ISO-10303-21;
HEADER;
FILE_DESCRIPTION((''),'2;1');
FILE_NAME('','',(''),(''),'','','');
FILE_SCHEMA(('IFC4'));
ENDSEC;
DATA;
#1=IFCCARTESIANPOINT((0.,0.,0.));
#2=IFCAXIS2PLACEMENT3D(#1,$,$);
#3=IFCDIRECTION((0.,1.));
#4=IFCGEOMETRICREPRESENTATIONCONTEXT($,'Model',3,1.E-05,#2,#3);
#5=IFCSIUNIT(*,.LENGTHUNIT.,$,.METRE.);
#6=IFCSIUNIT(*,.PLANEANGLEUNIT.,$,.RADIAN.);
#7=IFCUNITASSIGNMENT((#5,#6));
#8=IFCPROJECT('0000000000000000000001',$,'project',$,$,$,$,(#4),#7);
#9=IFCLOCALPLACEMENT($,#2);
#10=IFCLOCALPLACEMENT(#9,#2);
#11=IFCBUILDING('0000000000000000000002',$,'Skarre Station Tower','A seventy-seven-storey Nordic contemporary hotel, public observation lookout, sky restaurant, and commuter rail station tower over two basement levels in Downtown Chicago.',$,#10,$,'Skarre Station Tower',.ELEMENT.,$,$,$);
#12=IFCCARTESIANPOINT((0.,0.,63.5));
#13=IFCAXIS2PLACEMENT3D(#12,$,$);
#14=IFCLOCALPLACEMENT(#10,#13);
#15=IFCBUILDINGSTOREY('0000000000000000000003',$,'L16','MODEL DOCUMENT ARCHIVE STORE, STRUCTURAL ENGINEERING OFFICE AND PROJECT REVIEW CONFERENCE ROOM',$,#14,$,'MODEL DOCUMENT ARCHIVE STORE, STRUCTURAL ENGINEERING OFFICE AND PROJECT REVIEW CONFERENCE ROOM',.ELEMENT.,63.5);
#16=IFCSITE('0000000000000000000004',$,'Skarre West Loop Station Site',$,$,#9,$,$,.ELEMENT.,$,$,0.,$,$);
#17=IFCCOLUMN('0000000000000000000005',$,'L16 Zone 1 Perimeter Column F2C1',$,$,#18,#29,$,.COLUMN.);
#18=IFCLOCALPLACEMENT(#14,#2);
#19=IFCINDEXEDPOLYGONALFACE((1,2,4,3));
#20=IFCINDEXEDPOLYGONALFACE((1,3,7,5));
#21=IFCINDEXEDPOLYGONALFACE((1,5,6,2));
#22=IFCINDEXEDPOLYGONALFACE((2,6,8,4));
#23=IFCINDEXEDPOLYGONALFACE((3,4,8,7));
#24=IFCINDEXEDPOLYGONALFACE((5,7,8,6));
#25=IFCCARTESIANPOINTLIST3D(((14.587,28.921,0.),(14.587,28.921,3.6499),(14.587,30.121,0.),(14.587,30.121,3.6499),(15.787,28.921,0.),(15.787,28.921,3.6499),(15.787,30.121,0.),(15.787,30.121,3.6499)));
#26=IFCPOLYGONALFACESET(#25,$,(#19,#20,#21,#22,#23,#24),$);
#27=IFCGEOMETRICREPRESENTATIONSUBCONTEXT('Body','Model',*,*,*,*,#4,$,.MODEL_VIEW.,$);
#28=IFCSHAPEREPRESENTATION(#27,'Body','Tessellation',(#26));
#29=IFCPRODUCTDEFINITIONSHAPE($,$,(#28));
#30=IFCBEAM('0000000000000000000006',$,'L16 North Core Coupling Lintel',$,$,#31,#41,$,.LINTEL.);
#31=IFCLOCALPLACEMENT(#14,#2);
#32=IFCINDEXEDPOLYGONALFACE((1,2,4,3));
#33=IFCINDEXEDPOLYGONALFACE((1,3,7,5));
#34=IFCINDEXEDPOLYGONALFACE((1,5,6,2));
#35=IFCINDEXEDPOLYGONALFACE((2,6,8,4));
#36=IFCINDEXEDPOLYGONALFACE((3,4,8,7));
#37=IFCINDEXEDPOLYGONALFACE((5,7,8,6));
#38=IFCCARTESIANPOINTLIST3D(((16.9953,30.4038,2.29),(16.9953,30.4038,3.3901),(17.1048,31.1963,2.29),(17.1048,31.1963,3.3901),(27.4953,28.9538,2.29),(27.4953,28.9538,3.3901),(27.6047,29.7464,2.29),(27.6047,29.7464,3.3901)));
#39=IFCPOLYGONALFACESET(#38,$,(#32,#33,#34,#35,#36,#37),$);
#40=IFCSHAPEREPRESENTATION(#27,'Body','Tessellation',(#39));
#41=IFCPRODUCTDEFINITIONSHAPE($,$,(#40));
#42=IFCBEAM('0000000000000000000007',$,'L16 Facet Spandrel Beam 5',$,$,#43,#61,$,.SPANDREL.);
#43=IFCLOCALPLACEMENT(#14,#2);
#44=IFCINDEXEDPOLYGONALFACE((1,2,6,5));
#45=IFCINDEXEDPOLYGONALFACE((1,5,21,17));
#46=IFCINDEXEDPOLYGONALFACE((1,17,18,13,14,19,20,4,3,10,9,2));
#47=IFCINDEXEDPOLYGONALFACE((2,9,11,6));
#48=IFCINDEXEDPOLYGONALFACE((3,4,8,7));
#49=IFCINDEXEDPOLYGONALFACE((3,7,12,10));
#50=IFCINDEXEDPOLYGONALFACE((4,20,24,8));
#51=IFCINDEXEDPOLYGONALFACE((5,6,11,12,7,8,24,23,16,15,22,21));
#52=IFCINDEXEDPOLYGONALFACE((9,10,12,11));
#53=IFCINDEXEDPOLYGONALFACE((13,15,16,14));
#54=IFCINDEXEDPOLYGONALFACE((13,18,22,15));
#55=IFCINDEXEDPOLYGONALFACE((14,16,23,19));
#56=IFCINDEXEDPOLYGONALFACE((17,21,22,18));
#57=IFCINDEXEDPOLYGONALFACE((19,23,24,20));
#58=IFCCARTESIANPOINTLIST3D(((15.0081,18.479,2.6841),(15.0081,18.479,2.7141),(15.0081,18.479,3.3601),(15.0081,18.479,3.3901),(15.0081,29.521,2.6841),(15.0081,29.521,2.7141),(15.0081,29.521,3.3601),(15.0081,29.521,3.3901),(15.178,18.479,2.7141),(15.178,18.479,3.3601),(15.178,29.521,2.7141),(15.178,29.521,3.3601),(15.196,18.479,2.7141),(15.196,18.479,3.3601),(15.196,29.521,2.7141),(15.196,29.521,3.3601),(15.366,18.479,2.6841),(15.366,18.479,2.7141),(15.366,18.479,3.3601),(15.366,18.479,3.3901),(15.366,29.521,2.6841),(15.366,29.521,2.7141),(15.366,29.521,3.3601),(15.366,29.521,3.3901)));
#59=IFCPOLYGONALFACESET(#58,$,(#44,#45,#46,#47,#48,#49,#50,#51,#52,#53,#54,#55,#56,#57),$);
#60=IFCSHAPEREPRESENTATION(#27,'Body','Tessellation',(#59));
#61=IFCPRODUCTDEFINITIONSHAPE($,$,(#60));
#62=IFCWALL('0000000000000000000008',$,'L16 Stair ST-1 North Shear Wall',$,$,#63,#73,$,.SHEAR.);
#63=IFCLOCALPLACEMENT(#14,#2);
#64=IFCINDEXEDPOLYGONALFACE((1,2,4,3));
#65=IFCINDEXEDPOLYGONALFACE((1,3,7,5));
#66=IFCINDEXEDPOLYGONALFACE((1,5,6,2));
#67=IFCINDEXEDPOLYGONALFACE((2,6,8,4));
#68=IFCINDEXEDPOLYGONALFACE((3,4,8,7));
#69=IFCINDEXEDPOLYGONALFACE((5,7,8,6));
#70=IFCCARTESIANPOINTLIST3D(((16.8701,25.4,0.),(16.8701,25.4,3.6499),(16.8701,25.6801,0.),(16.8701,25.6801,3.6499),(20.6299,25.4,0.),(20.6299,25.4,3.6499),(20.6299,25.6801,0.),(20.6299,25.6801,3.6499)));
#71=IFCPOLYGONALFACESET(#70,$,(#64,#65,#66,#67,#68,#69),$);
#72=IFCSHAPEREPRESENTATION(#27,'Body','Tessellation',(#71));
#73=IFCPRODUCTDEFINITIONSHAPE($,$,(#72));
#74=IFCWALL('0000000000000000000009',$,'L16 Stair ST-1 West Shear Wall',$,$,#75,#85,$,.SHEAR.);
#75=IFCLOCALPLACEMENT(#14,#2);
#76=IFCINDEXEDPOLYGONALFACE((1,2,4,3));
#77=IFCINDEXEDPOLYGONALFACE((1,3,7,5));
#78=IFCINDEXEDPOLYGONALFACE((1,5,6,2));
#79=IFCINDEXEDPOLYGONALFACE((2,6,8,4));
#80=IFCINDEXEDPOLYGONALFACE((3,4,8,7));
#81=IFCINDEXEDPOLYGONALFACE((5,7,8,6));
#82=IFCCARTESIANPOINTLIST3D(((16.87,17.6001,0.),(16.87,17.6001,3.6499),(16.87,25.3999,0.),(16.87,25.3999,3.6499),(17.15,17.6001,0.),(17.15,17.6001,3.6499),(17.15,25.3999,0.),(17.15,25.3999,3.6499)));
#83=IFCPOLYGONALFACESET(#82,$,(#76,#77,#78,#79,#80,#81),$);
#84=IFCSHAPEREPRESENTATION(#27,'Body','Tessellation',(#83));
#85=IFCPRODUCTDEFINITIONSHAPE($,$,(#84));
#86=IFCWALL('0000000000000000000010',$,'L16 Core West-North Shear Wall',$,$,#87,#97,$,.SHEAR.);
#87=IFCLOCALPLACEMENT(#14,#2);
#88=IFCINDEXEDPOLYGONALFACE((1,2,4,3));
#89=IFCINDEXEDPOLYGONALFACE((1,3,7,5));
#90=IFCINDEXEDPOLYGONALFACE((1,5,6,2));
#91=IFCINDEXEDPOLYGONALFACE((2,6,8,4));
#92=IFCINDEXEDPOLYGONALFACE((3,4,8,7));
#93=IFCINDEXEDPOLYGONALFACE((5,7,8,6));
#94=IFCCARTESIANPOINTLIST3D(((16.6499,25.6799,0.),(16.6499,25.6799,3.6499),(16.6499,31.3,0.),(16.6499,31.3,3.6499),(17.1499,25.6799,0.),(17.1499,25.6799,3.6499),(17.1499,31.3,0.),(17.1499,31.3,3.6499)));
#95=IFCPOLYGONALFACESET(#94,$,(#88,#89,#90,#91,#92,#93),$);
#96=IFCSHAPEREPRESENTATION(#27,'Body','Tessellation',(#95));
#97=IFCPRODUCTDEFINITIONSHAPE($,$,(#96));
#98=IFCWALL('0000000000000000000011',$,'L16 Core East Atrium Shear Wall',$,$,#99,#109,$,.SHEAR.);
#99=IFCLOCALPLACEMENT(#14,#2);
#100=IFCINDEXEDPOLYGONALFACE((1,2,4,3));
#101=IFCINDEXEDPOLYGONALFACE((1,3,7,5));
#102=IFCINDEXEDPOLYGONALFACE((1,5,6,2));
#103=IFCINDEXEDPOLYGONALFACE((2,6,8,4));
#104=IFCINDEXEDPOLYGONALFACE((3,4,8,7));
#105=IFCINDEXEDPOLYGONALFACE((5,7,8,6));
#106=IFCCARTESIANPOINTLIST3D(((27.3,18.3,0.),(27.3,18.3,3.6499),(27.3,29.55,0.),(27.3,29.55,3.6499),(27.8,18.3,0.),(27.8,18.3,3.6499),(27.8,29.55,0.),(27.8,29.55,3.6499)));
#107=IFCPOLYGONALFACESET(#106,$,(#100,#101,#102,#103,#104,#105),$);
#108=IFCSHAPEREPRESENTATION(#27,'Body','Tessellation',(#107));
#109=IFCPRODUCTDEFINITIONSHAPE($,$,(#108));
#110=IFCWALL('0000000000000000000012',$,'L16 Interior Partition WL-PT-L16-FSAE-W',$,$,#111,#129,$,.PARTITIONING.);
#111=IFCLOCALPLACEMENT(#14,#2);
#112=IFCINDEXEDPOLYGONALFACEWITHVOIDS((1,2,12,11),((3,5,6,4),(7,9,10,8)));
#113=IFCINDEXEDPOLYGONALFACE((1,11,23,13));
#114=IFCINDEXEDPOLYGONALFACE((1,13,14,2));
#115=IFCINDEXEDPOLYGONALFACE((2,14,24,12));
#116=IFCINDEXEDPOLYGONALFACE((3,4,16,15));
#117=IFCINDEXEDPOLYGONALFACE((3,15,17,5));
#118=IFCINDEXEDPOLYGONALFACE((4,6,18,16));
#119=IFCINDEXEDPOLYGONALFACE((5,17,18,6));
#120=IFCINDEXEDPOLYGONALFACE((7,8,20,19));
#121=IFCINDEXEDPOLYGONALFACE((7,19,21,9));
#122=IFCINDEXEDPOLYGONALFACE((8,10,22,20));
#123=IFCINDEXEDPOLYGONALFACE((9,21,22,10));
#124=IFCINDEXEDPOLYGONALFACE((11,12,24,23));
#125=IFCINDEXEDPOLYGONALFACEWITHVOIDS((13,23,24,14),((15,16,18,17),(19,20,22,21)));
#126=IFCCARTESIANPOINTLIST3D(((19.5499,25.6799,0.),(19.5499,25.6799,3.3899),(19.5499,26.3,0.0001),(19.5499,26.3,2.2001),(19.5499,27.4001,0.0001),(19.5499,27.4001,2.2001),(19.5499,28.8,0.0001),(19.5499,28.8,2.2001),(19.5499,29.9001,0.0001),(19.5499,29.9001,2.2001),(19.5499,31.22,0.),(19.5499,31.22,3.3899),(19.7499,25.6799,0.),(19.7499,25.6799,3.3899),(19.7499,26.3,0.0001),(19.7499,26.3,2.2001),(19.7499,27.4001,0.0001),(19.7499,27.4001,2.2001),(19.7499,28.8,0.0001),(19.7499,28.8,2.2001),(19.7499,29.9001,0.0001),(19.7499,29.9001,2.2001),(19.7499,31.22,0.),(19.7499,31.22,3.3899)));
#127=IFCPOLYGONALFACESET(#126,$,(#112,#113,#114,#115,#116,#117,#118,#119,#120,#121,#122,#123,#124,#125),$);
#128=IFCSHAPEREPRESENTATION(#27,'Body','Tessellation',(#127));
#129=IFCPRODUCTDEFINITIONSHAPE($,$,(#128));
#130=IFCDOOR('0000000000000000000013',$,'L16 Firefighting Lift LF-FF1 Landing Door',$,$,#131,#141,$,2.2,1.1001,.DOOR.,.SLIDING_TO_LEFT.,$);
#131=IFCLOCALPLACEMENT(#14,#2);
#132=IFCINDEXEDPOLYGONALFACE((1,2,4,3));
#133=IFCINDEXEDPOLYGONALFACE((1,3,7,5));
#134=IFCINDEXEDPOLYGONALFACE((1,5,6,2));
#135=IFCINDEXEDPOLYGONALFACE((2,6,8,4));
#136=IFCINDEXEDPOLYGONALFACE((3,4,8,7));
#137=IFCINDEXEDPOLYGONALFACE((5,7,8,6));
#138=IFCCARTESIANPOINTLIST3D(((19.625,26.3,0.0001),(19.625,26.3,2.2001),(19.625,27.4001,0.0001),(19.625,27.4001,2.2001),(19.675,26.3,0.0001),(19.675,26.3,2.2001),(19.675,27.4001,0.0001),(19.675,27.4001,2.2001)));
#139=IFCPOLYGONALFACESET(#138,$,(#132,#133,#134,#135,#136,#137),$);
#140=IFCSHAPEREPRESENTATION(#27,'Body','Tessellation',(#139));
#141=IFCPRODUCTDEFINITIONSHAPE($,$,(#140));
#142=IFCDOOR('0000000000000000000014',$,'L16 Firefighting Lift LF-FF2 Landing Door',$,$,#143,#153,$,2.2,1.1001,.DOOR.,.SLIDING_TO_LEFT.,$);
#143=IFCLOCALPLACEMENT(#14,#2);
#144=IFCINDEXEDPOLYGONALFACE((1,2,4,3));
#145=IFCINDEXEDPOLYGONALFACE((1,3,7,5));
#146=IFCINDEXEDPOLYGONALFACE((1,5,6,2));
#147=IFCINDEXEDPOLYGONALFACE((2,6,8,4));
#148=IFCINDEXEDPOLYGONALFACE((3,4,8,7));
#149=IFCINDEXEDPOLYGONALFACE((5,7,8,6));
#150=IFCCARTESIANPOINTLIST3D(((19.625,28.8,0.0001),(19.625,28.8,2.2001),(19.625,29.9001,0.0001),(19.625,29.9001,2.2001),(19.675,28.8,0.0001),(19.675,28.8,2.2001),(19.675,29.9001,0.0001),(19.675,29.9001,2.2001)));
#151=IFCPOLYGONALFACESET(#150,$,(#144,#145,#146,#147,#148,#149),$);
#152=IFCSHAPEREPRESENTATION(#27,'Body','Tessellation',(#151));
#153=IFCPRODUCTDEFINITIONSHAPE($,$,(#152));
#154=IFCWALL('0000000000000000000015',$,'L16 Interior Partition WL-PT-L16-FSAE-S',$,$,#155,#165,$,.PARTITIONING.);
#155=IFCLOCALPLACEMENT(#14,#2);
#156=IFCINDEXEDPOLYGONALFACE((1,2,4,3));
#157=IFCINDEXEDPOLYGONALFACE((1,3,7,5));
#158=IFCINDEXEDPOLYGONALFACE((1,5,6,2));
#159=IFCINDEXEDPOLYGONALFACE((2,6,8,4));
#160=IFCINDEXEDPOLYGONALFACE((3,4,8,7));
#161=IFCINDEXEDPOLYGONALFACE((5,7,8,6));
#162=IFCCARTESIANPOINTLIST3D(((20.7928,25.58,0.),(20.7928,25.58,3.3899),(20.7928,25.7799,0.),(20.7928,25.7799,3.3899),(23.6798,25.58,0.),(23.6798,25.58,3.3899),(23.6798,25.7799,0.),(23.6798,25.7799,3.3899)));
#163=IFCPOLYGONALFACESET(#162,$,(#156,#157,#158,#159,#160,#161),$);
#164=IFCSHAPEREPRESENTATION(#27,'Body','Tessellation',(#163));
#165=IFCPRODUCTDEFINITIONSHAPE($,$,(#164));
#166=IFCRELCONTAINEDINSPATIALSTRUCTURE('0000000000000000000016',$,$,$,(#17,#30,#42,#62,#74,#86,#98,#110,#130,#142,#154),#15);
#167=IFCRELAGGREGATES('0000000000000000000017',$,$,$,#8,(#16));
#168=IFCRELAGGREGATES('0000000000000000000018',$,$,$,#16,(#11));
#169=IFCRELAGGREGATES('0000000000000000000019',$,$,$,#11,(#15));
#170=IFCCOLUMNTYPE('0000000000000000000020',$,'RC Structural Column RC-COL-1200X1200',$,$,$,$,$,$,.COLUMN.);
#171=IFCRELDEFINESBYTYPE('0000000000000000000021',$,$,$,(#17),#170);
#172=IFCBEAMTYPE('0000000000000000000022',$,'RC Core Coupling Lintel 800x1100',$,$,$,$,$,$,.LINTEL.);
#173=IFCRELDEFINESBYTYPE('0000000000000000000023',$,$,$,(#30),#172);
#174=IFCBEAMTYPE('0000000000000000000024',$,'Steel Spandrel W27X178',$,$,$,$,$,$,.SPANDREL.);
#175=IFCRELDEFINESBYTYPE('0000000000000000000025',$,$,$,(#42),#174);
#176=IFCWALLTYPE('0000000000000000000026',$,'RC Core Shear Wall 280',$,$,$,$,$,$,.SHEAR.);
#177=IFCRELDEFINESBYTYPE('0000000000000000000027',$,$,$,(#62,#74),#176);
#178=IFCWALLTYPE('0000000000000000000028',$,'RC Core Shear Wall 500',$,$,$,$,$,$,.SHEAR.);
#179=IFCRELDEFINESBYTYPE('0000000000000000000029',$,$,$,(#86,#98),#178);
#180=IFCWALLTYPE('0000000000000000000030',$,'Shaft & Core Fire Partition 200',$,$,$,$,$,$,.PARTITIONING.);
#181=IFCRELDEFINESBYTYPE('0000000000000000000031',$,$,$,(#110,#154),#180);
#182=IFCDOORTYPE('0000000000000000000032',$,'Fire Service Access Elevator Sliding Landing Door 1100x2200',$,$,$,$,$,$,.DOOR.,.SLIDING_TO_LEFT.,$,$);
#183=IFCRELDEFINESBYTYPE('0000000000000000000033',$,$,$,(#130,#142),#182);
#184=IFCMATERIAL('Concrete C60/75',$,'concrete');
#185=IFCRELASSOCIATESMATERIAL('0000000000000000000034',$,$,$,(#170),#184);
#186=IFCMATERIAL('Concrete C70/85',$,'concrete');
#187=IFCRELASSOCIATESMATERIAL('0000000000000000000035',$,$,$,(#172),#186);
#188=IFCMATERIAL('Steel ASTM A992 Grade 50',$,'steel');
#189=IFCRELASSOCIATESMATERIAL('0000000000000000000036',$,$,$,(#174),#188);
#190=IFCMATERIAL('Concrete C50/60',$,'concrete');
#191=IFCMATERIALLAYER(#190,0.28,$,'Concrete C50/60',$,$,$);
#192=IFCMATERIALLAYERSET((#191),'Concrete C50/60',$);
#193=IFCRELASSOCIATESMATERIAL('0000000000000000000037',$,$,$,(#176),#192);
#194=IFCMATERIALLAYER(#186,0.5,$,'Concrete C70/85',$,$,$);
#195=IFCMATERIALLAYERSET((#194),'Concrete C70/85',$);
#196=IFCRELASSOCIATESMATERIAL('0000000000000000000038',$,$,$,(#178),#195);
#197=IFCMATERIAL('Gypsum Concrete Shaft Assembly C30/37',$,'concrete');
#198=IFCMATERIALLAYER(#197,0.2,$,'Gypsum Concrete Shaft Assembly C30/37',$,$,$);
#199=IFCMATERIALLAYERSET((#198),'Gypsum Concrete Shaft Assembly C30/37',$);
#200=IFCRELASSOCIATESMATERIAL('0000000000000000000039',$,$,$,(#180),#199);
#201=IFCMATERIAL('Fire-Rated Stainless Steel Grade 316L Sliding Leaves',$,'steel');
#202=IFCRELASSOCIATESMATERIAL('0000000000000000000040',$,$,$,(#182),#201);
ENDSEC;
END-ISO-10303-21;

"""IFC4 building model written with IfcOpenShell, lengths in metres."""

from ifc_helpers import new_model, si_unit, direction, frame, frame_2d, origin, origin_2d, place, context, subcontext, project, spatial, rectangle, i_section, extrude, material, layer, layer_set, material_profile, profile_set, type_object, element, fill, save


model = new_model("IFC4")

# Units and contexts
model_context = context("Model", 3, precision=1e-05, world=origin(), true_north=direction((0.0, 1.0)))
body_context = subcontext(model_context, "Body", "Model", "MODEL_VIEW")
ifc_project = project(units=[si_unit("LENGTHUNIT", "METRE"), si_unit("PLANEANGLEUNIT", "RADIAN")], contexts=[model_context])

# Site, building, storey
site_placement = place(None, origin())
site = spatial("IfcSite", under=ifc_project, at=site_placement, Name="Skarre West Loop Station Site", CompositionType="ELEMENT", RefElevation=0.0)
building_placement = place(site_placement, origin())
building = spatial("IfcBuilding", under=site, at=building_placement, Name="Skarre Station Tower", Description="A seventy-seven-storey Nordic contemporary hotel, public observation lookout, sky restaurant, and commuter rail station tower over two basement levels in Downtown Chicago.", LongName="Skarre Station Tower", CompositionType="ELEMENT")
storey_placement = place(building_placement, frame((0.0, 0.0, 63.5)))
storey = spatial("IfcBuildingStorey", under=building, at=storey_placement, Name="L16", Description="MODEL DOCUMENT ARCHIVE STORE, STRUCTURAL ENGINEERING OFFICE AND PROJECT REVIEW CONFERENCE ROOM", LongName="MODEL DOCUMENT ARCHIVE STORE, STRUCTURAL ENGINEERING OFFICE AND PROJECT REVIEW CONFERENCE ROOM", CompositionType="ELEMENT", Elevation=63.5)

# Column
ifc_material_1 = material(Name="Concrete C60/75", Category="concrete")
ifc_material_profile_1 = material_profile(ifc_material_1, rectangle(XDim=1.2, YDim=1.2, at=origin_2d()), Name="Concrete C60/75")
ifc_profile_set_1 = profile_set([ifc_material_profile_1], Name="Concrete C60/75")
column_type = type_object("IfcColumnType", Name="RC Structural Column RC-COL-1200X1200", PredefinedType="COLUMN", material=ifc_profile_set_1)
column_placement = place(storey_placement, frame((15.187, 29.521, 0.0), z_axis=(0.0, 0.0, 1.0), x_axis=(1.0, 0.0, 0.0)))
element("IfcColumn", 1, at=column_placement, inside=storey, type_object=column_type, Name="L16 Zone 1 Perimeter Column F2C1", PredefinedType="COLUMN", context=body_context, shape_type="SweptSolid", body=[
    extrude(rectangle(XDim=1.2, YDim=1.2, at=origin_2d()), origin(), (0.0, 0.0, 1.0), 3.6499),
])

# Beams
ifc_material_2 = material(Name="Concrete C70/85", Category="concrete")
ifc_material_profile_2 = material_profile(ifc_material_2, rectangle(XDim=0.8, YDim=1.1001, at=origin_2d()), Name="Concrete C70/85")
ifc_profile_set_2 = profile_set([ifc_material_profile_2], Name="Concrete C70/85")
beam_type_1 = type_object("IfcBeamType", Name="RC Core Coupling Lintel 800x1100", PredefinedType="LINTEL", material=ifc_profile_set_2)
beam_1_placement = place(storey_placement, frame((17.05, 30.8, 2.8401), z_axis=(0.9906, -0.136792, 0.0), x_axis=(0.136792, 0.9906, 0.0)))
element("IfcBeam", 2, at=beam_1_placement, inside=storey, type_object=beam_type_1, Name="L16 North Core Coupling Lintel", PredefinedType="LINTEL", context=body_context, shape_type="SweptSolid", body=[
    extrude(rectangle(XDim=0.8, YDim=1.1001, at=origin_2d()), origin(), (0.0, 0.0, 1.0), 10.5996),
])
ifc_material_3 = material(Name="Steel ASTM A992 Grade 50", Category="steel")
ifc_material_profile_3 = material_profile(ifc_material_3, i_section(OverallWidth=0.3579, OverallDepth=0.7061, WebThickness=0.0181, FlangeThickness=0.03, at=origin_2d()), Name="Steel ASTM A992 Grade 50")
ifc_profile_set_3 = profile_set([ifc_material_profile_3], Name="Steel ASTM A992 Grade 50")
beam_type_2 = type_object("IfcBeamType", Name="Steel Spandrel W27X178", PredefinedType="SPANDREL", material=ifc_profile_set_3)
beam_2_placement = place(storey_placement, frame((15.187, 29.521, 3.0371), z_axis=(0.0, -1.0, 0.0), x_axis=(1.0, 0.0, 0.0)))
element("IfcBeam", 3, at=beam_2_placement, inside=storey, type_object=beam_type_2, Name="L16 Facet Spandrel Beam 5", PredefinedType="SPANDREL", context=body_context, shape_type="SweptSolid", body=[
    extrude(i_section(OverallWidth=0.3579, OverallDepth=0.7061, WebThickness=0.0181, FlangeThickness=0.03, at=origin_2d()), origin(), (0.0, 0.0, 1.0), 11.042),
])

# Walls
ifc_material_4 = material(Name="Concrete C50/60", Category="concrete")
ifc_layer_1 = layer(ifc_material_4, 0.28, Name="Concrete C50/60")
ifc_layer_set_1 = layer_set([ifc_layer_1], Name="Concrete C50/60")
wall_type_1 = type_object("IfcWallType", Name="RC Core Shear Wall 280", PredefinedType="SHEAR", material=ifc_layer_set_1)
wall_1_placement = place(storey_placement, frame((20.6299, 25.54, 0.0), z_axis=(0.0, 0.0, 1.0), x_axis=(-1.0, 0.0, 0.0)))
element("IfcWall", 4, at=wall_1_placement, inside=storey, type_object=wall_type_1, Name="L16 Stair ST-1 North Shear Wall", PredefinedType="SHEAR", context=body_context, shape_type="SweptSolid", body=[
    extrude(rectangle(XDim=3.7598, YDim=0.28, at=frame_2d((1.8799, 0.0))), origin(), (0.0, 0.0, 1.0), 3.6499),
])
wall_2_placement = place(storey_placement, frame((17.01, 25.3999, 0.0), z_axis=(0.0, 0.0, 1.0), x_axis=(0.0, -1.0, 0.0)))
element("IfcWall", 5, at=wall_2_placement, inside=storey, type_object=wall_type_1, Name="L16 Stair ST-1 West Shear Wall", PredefinedType="SHEAR", context=body_context, shape_type="SweptSolid", body=[
    extrude(rectangle(XDim=7.7998, YDim=0.28, at=frame_2d((3.8999, 0.0))), origin(), (0.0, 0.0, 1.0), 3.6499),
])
ifc_layer_2 = layer(ifc_material_2, 0.5, Name="Concrete C70/85")
ifc_layer_set_2 = layer_set([ifc_layer_2], Name="Concrete C70/85")
wall_type_2 = type_object("IfcWallType", Name="RC Core Shear Wall 500", PredefinedType="SHEAR", material=ifc_layer_set_2)
wall_3_placement = place(storey_placement, frame((16.8999, 25.6799, 0.0), z_axis=(0.0, 0.0, 1.0), x_axis=(0.0, 1.0, 0.0)))
element("IfcWall", 6, at=wall_3_placement, inside=storey, type_object=wall_type_2, Name="L16 Core West-North Shear Wall", PredefinedType="SHEAR", context=body_context, shape_type="SweptSolid", body=[
    extrude(rectangle(XDim=5.6201, YDim=0.5, at=frame_2d((2.8101, 0.0))), origin(), (0.0, 0.0, 1.0), 3.6499),
])
wall_4_placement = place(storey_placement, frame((27.55, 29.55, 0.0), z_axis=(0.0, 0.0, 1.0), x_axis=(0.0, -1.0, 0.0)))
element("IfcWall", 7, at=wall_4_placement, inside=storey, type_object=wall_type_2, Name="L16 Core East Atrium Shear Wall", PredefinedType="SHEAR", context=body_context, shape_type="SweptSolid", body=[
    extrude(rectangle(XDim=11.25, YDim=0.5, at=frame_2d((5.625, 0.0))), origin(), (0.0, 0.0, 1.0), 3.6499),
])

# Wall, openings, doors
ifc_material_5 = material(Name="Gypsum Concrete Shaft Assembly C30/37", Category="concrete")
ifc_layer_3 = layer(ifc_material_5, 0.2, Name="Gypsum Concrete Shaft Assembly C30/37")
ifc_layer_set_3 = layer_set([ifc_layer_3], Name="Gypsum Concrete Shaft Assembly C30/37")
wall_type_3 = type_object("IfcWallType", Name="Shaft & Core Fire Partition 200", PredefinedType="PARTITIONING", material=ifc_layer_set_3)
wall_5_placement = place(storey_placement, frame((19.6499, 25.6799, 0.0), z_axis=(0.0, 0.0, 1.0), x_axis=(0.0, 1.0, 0.0)))
wall_5 = element("IfcWall", 8, at=wall_5_placement, inside=storey, type_object=wall_type_3, Name="L16 Interior Partition WL-PT-L16-FSAE-W", PredefinedType="PARTITIONING", context=body_context, shape_type="SweptSolid", body=[
    extrude(rectangle(XDim=5.54, YDim=0.2, at=frame_2d((2.77, 0.0))), origin(), (0.0, 0.0, 1.0), 3.3899),
])
opening_1_placement = place(wall_5_placement, frame((0.6201, 0.0, 0.0)))
opening_1 = element("IfcOpeningElement", 9, at=opening_1_placement, cuts=wall_5, PredefinedType="OPENING", context=body_context, shape_type="SweptSolid", body=[
    extrude(rectangle(XDim=1.1001, YDim=2.2, at=frame_2d((0.55, 1.1001))), frame((0.0, 0.1099, 0.0), z_axis=(0.0, -1.0, 0.0), x_axis=(1.0, 0.0, 0.0)), (0.0, 0.0, 1.0), 0.22),
])
opening_2_placement = place(wall_5_placement, frame((3.1201, 0.0, 0.0)))
opening_2 = element("IfcOpeningElement", 10, at=opening_2_placement, cuts=wall_5, PredefinedType="OPENING", context=body_context, shape_type="SweptSolid", body=[
    extrude(rectangle(XDim=1.1001, YDim=2.2, at=frame_2d((0.55, 1.1001))), frame((0.0, 0.1099, 0.0), z_axis=(0.0, -1.0, 0.0), x_axis=(1.0, 0.0, 0.0)), (0.0, 0.0, 1.0), 0.22),
])
ifc_material_6 = material(Name="Fire-Rated Stainless Steel Grade 316L Sliding Leaves", Category="steel")
door_type_1 = type_object("IfcDoorType", Name="Fire Service Access Elevator Sliding Landing Door 1100x2200", OperationType="SLIDING_TO_LEFT", PredefinedType="DOOR", material=ifc_material_6)
door_1_placement = place(opening_1_placement, origin())
door_1 = element("IfcDoor", 11, at=door_1_placement, inside=storey, type_object=door_type_1, Name="L16 Firefighting Lift LF-FF1 Landing Door", OperationType="SLIDING_TO_LEFT", OverallHeight=2.2, OverallWidth=1.1001, PredefinedType="DOOR", context=body_context, shape_type="SweptSolid", body=[
    extrude(rectangle(XDim=1.1001, YDim=2.2, at=frame_2d((0.55, 1.1001))), frame((0.0, 0.0249, 0.0), z_axis=(0.0, -1.0, 0.0), x_axis=(1.0, 0.0, 0.0)), (0.0, 0.0, 1.0), 0.05),
])
fill(opening_1, door_1)
door_2_placement = place(opening_2_placement, origin())
door_2 = element("IfcDoor", 12, at=door_2_placement, inside=storey, type_object=door_type_1, Name="L16 Firefighting Lift LF-FF2 Landing Door", OperationType="SLIDING_TO_LEFT", OverallHeight=2.2, OverallWidth=1.1001, PredefinedType="DOOR", context=body_context, shape_type="SweptSolid", body=[
    extrude(rectangle(XDim=1.1001, YDim=2.2, at=frame_2d((0.55, 1.1001))), frame((0.0, 0.0249, 0.0), z_axis=(0.0, -1.0, 0.0), x_axis=(1.0, 0.0, 0.0)), (0.0, 0.0, 1.0), 0.05),
])
fill(opening_2, door_2)

# Wall
wall_6_placement = place(storey_placement, frame((20.793, 25.6799, 0.0), z_axis=(0.0, 0.0, 1.0), x_axis=(1.0, 0.0, 0.0)))
element("IfcWall", 13, at=wall_6_placement, inside=storey, type_object=wall_type_3, Name="L16 Interior Partition WL-PT-L16-FSAE-S", PredefinedType="PARTITIONING", context=body_context, shape_type="SweptSolid", body=[
    extrude(rectangle(XDim=2.887, YDim=0.2, at=frame_2d((1.4434, 0.0))), origin(), (0.0, 0.0, 1.0), 3.3899),
])

save(model, "model.ifc")
